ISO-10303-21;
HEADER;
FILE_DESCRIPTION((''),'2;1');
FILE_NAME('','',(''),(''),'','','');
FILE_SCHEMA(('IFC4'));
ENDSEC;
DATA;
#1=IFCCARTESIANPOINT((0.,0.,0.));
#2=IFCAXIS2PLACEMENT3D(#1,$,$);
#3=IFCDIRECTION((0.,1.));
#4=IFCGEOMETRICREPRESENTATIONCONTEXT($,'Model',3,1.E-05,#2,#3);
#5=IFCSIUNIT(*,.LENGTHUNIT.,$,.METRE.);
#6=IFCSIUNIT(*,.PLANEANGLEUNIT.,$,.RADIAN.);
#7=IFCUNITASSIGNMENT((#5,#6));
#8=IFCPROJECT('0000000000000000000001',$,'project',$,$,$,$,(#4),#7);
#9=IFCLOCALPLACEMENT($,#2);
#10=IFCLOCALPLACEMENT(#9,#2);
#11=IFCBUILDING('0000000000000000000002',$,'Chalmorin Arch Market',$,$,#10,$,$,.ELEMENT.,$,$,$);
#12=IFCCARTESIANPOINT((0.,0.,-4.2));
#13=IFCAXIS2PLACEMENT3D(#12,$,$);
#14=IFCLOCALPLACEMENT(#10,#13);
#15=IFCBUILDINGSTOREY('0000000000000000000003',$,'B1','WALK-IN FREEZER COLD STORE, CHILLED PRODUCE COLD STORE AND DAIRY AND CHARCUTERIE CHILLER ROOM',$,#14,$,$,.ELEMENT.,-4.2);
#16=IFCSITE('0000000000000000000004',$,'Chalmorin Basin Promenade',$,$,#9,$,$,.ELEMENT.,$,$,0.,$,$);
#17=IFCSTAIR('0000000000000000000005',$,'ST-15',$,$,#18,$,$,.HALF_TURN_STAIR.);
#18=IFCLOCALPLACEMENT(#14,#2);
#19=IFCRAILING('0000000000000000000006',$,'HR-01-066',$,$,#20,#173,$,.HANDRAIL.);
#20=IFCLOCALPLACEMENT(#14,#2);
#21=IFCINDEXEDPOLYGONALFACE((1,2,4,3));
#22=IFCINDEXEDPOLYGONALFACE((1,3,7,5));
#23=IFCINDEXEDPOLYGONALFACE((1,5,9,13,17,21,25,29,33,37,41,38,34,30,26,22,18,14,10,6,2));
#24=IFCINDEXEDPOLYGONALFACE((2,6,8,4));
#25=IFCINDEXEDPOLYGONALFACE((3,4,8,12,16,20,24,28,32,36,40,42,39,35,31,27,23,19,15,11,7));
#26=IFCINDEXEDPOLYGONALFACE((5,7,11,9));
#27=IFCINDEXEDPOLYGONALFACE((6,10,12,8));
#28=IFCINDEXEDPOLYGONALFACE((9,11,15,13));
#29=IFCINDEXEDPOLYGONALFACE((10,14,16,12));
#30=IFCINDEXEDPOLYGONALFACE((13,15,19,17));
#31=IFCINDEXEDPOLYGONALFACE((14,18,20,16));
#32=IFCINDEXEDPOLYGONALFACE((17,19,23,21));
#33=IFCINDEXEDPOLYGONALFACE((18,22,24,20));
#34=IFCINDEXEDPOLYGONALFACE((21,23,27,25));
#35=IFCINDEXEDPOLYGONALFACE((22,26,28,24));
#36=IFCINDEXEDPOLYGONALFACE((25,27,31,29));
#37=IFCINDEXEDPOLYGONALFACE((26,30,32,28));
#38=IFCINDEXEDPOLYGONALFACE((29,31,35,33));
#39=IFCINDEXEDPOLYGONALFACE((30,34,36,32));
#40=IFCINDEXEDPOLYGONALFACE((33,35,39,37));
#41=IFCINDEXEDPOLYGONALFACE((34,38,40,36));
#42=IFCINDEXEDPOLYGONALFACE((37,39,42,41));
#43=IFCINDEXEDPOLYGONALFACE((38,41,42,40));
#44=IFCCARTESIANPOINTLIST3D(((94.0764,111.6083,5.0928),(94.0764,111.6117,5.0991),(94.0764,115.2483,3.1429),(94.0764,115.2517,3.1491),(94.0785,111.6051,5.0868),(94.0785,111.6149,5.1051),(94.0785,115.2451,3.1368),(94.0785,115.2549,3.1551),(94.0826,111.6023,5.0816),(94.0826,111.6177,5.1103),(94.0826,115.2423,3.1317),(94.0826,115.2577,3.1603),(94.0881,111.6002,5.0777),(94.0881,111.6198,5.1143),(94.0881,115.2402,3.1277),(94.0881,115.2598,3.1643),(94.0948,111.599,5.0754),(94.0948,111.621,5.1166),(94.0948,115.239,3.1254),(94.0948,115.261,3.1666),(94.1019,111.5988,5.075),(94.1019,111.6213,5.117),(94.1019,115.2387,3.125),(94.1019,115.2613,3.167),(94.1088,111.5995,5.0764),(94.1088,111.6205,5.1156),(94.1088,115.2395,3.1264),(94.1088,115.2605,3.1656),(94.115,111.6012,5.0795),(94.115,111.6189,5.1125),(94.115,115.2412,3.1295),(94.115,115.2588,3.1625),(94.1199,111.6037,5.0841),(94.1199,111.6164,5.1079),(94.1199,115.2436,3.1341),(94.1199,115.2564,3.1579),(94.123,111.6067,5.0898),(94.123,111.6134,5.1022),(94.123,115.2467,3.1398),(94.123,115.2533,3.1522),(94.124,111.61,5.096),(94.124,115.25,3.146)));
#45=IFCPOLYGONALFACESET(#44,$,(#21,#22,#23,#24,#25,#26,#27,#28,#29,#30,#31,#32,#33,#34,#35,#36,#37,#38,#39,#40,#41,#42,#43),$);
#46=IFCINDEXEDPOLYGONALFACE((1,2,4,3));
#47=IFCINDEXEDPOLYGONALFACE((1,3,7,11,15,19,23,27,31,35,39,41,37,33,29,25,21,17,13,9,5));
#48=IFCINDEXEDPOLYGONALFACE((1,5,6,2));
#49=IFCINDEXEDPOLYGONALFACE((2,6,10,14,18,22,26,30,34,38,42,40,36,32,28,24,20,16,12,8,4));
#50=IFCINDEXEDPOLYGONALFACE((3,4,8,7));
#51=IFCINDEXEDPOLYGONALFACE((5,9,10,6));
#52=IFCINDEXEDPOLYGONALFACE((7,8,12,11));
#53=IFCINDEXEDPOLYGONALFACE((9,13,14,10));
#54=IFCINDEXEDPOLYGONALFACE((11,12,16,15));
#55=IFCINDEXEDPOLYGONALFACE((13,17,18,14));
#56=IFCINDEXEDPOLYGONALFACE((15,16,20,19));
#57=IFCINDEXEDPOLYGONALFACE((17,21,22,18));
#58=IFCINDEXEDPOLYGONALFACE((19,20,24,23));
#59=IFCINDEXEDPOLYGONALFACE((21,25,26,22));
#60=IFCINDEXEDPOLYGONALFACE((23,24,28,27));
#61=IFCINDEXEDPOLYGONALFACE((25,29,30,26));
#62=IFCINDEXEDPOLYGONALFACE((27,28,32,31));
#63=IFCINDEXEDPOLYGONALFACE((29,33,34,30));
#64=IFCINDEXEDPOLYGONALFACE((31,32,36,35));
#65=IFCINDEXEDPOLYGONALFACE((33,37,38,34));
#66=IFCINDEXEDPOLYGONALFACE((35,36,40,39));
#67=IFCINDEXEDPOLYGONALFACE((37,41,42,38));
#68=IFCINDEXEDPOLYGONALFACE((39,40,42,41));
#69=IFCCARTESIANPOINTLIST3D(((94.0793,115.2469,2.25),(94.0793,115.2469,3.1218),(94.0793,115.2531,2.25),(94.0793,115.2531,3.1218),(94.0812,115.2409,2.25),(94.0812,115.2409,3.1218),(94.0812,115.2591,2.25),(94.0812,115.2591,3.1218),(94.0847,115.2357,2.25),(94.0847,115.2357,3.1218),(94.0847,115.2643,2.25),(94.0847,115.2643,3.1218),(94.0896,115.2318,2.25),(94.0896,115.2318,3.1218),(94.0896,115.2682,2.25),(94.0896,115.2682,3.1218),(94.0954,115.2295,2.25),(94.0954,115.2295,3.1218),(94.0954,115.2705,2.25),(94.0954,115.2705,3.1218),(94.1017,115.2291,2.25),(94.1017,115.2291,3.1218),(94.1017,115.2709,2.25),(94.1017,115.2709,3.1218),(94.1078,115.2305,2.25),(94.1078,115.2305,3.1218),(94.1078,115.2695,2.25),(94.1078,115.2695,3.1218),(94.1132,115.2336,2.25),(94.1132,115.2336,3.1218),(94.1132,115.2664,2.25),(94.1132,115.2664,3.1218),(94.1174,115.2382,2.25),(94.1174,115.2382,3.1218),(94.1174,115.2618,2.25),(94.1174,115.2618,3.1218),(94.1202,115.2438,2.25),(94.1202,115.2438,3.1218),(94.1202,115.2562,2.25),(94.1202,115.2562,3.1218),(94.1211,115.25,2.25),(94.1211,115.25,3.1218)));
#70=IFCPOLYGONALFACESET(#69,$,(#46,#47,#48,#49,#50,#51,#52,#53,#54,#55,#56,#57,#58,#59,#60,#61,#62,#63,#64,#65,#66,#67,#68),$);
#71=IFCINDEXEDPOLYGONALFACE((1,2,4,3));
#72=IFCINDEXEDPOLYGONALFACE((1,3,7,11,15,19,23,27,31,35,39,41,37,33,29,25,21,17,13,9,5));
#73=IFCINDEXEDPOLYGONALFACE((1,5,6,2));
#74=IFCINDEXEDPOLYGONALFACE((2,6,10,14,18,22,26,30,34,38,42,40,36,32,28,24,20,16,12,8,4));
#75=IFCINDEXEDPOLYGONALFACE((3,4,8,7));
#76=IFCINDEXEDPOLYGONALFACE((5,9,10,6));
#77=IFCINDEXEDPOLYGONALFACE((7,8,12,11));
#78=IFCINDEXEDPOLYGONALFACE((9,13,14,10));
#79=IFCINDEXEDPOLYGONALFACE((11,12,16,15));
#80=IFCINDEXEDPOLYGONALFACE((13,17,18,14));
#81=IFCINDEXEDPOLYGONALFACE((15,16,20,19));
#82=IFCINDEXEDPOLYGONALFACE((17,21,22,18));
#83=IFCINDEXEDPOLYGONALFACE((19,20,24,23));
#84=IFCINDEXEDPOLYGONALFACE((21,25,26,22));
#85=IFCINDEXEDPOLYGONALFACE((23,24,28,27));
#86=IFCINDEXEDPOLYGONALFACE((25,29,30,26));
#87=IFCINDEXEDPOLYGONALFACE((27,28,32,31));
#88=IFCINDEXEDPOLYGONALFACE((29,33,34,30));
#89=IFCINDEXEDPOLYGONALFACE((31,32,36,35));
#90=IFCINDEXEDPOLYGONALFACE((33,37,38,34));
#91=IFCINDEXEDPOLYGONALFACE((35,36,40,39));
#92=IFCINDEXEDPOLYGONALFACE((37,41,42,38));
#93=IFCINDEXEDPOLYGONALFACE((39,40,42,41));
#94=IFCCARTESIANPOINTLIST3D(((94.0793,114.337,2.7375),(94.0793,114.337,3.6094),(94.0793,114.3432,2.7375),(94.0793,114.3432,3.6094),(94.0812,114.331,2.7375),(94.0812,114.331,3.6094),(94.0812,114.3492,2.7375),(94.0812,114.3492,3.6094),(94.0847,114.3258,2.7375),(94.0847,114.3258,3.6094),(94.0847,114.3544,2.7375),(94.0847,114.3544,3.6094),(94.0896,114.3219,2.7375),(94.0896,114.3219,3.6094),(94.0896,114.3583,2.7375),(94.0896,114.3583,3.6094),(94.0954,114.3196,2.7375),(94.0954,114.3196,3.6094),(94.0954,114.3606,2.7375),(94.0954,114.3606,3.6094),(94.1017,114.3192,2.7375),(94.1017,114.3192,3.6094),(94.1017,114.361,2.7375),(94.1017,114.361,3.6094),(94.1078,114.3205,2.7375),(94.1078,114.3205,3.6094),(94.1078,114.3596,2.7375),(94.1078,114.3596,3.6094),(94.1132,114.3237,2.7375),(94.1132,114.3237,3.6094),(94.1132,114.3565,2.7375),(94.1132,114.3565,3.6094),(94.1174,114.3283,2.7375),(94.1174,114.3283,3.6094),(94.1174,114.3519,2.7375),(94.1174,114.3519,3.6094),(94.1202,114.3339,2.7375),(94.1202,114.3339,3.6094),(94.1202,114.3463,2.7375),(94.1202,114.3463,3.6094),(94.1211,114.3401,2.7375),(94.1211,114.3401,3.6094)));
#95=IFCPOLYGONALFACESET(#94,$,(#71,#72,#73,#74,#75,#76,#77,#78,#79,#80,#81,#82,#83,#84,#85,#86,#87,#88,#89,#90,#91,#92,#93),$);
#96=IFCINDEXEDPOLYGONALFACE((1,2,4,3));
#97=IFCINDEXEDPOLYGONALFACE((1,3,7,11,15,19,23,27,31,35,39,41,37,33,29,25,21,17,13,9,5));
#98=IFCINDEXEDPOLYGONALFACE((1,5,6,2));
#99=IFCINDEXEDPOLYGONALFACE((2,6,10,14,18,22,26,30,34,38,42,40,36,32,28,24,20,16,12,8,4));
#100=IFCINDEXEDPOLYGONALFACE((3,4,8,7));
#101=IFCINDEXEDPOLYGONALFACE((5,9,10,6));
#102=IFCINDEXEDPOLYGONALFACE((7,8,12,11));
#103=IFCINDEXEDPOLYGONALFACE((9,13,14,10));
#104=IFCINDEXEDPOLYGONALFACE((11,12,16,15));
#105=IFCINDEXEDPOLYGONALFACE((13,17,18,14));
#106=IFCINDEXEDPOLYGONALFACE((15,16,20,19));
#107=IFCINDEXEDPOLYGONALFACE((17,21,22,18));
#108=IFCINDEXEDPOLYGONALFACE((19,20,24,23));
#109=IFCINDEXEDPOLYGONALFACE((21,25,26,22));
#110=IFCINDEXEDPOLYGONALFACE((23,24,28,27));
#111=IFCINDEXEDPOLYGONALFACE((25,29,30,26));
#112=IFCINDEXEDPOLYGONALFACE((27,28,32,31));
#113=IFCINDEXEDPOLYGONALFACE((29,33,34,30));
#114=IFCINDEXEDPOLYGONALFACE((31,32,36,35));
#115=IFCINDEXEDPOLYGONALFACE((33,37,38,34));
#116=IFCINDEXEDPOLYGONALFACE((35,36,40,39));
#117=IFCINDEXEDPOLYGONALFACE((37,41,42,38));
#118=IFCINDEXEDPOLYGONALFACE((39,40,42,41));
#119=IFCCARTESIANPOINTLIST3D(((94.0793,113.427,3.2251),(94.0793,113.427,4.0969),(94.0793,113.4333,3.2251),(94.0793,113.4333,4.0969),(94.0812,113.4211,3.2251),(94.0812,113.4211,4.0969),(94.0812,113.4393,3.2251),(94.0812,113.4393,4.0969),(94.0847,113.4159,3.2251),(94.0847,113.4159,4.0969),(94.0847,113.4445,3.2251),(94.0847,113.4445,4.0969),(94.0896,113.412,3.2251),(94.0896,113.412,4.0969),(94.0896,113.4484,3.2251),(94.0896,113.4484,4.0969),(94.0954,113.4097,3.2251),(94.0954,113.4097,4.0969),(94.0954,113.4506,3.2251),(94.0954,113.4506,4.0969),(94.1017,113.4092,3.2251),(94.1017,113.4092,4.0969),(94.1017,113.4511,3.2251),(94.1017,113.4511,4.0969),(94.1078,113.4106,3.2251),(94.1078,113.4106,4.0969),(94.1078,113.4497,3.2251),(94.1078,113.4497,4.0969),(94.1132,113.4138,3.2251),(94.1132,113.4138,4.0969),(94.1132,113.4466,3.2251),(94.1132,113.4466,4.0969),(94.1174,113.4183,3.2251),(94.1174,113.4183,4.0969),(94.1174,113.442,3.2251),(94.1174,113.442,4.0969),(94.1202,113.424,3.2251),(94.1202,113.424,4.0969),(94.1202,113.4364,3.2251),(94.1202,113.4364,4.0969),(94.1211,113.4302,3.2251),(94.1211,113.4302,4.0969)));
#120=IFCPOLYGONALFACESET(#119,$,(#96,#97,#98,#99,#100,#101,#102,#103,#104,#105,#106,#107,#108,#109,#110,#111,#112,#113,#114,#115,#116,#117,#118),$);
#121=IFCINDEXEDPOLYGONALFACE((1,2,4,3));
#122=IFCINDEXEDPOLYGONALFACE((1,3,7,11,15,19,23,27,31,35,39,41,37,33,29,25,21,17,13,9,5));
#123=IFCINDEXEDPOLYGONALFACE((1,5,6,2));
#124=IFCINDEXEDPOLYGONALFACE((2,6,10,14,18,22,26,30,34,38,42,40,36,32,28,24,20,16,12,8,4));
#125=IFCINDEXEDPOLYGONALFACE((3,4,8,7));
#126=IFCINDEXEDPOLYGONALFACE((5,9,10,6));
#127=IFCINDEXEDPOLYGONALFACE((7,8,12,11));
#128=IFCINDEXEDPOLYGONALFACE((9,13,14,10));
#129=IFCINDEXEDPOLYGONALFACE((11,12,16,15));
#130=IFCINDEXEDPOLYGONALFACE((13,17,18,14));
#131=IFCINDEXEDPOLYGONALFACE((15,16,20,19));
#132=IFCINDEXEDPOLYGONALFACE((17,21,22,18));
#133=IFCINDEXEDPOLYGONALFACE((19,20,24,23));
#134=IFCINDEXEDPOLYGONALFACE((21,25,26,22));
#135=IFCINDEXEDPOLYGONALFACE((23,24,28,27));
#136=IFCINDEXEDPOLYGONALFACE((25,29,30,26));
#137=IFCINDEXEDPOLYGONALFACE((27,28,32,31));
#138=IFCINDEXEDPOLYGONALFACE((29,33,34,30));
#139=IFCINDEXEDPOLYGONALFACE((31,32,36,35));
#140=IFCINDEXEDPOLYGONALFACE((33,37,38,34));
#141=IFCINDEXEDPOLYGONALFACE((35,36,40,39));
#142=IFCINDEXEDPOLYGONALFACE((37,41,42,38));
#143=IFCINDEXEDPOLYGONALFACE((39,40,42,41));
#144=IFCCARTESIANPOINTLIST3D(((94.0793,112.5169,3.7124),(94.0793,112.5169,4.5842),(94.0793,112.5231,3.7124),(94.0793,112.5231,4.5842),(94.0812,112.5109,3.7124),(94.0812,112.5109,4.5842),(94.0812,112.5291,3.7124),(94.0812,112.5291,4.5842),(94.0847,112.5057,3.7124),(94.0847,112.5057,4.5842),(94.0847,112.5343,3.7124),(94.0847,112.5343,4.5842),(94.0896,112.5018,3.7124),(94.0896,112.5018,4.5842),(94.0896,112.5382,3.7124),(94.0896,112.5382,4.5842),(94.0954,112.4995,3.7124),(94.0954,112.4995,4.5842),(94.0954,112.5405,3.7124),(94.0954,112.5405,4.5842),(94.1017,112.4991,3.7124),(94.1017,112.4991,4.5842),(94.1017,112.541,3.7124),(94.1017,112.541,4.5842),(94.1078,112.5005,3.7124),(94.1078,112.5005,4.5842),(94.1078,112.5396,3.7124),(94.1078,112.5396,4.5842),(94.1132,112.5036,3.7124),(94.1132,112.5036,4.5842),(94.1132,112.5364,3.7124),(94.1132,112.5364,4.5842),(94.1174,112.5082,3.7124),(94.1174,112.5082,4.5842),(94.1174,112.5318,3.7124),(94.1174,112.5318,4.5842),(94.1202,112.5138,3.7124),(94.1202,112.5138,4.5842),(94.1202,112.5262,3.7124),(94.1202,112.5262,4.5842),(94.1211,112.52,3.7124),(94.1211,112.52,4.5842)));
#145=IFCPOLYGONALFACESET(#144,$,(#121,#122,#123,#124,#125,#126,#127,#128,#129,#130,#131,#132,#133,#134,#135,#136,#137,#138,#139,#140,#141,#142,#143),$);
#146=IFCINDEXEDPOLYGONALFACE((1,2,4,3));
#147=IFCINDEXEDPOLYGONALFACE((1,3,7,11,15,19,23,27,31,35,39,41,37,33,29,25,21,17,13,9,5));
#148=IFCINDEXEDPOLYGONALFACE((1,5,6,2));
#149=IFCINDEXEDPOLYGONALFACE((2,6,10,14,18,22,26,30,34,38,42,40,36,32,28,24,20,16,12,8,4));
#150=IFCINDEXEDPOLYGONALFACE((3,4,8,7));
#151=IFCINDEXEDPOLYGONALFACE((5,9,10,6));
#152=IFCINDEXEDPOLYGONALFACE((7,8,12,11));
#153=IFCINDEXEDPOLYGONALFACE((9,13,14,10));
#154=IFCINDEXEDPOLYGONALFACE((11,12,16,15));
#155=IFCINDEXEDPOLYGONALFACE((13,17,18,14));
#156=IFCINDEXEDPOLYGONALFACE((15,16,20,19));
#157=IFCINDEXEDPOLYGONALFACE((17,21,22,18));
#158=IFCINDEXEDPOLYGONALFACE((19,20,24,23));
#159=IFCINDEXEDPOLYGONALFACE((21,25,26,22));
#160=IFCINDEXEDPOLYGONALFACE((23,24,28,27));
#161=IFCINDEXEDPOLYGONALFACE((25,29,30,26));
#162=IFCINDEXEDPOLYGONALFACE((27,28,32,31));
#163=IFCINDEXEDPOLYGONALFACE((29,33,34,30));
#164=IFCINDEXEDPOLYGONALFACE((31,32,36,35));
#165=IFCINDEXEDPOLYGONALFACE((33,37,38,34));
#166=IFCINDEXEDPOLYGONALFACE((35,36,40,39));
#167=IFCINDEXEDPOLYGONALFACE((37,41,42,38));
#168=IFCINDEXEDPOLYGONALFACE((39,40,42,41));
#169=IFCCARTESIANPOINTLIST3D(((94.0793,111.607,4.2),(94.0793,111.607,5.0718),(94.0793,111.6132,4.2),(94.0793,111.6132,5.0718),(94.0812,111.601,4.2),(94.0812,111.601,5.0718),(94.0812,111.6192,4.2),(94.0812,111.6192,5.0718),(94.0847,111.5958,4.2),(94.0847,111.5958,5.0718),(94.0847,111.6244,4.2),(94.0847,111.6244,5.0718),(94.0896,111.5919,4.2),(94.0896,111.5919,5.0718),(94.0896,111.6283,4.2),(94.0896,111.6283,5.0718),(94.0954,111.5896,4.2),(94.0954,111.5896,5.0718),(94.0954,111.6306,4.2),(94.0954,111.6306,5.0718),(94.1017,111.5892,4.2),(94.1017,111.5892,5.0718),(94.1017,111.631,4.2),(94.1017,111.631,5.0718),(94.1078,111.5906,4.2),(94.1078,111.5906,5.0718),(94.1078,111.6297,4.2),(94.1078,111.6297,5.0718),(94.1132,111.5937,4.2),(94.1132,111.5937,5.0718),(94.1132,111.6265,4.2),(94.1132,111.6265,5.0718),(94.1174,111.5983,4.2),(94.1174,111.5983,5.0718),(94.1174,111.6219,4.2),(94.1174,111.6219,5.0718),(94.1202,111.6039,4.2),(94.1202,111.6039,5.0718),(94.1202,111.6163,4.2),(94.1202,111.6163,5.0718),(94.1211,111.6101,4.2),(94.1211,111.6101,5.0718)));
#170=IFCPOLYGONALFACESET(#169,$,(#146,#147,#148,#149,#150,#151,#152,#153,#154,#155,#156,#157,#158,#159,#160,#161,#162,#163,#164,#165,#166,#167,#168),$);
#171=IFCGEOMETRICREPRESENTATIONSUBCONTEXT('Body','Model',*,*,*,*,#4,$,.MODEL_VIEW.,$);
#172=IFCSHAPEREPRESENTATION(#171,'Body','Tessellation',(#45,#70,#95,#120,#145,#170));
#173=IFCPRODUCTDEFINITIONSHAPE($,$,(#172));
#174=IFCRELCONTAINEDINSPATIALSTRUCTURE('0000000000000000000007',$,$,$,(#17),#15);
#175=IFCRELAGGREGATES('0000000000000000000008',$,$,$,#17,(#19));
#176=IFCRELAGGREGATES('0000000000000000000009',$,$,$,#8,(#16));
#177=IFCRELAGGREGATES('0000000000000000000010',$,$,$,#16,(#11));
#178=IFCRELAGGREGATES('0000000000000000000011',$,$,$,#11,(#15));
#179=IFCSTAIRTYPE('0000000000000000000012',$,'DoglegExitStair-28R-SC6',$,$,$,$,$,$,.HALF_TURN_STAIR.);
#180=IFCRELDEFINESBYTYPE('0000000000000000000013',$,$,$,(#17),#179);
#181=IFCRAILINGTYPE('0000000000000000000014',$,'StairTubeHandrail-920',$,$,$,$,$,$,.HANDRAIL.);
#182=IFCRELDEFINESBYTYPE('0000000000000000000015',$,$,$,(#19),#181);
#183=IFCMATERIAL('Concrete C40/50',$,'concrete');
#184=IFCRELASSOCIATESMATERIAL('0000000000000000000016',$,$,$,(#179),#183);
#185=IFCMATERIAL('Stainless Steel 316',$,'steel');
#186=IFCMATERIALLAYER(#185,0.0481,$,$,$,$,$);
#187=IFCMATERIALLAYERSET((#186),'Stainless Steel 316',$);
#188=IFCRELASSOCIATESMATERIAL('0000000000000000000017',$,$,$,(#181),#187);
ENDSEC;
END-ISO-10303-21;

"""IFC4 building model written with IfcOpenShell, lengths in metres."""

from ifc_helpers import new_model, si_unit, direction, frame, origin, origin_2d, place, context, subcontext, project, spatial, circle, extrude, material, layer, layer_set, type_object, element, aggregate, save


model = new_model("IFC4")

# Units and contexts
model_context = context("Model", 3, precision=1e-05, world=origin(), true_north=direction((0.0, 1.0)))
body_context = subcontext(model_context, "Body", "Model", "MODEL_VIEW")
ifc_project = project(units=[si_unit("LENGTHUNIT", "METRE"), si_unit("PLANEANGLEUNIT", "RADIAN")], contexts=[model_context])

# Site, building, storey
site_placement = place(None, origin())
site = spatial("IfcSite", under=ifc_project, at=site_placement, Name="Chalmorin Basin Promenade", CompositionType="ELEMENT", RefElevation=0.0)
building_placement = place(site_placement, origin())
building = spatial("IfcBuilding", under=site, at=building_placement, Name="Chalmorin Arch Market", CompositionType="ELEMENT")
storey_placement = place(building_placement, frame((0.0, 0.0, -4.2)))
storey = spatial("IfcBuildingStorey", under=building, at=storey_placement, Name="B1", Description="WALK-IN FREEZER COLD STORE, CHILLED PRODUCE COLD STORE AND DAIRY AND CHARCUTERIE CHILLER ROOM", CompositionType="ELEMENT", Elevation=-4.2)

# Shared definitions
ifc_material_1 = material(Name="Concrete C40/50", Category="concrete")

# Shared definitions
ifc_material_2 = material(Name="Stainless Steel 316", Category="steel")

# Stair, railing
stair_type = type_object("IfcStairType", Name="DoglegExitStair-28R-SC6", PredefinedType="HALF_TURN_STAIR", material=ifc_material_1)
stair_placement = place(storey_placement, origin())
stair = element("IfcStair", 1, at=stair_placement, inside=storey, type_object=stair_type, Name="ST-15", PredefinedType="HALF_TURN_STAIR")
ifc_layer_1 = layer(ifc_material_2, 0.0481)
ifc_layer_set_1 = layer_set([ifc_layer_1], Name="Stainless Steel 316")
railing_type_1 = type_object("IfcRailingType", Name="StairTubeHandrail-920", PredefinedType="HANDRAIL", material=ifc_layer_set_1)
railing_1_placement = place(storey_placement, frame((94.1001, 115.25, 2.25)))
railing_1 = element("IfcRailing", 2, at=railing_1_placement, type_object=railing_type_1, Name="HR-01-066", PredefinedType="HANDRAIL", context=body_context, shape_type="SweptSolid", body=[
    extrude(circle(Radius=0.0239, at=origin_2d()), frame((0.0, 0.0, 0.896), z_axis=(0.0, -0.881479, 0.472223), x_axis=(1.0, 0.0, 0.0)), (0.0, 0.0, 1.0), 4.1294),
    extrude(circle(Radius=0.021, at=origin_2d()), origin(), (0.0, 0.0, 1.0), 0.8718),
    extrude(circle(Radius=0.021, at=origin_2d()), frame((0.0, -0.9099, 0.4875)), (0.0, 0.0, 1.0), 0.8718),
    extrude(circle(Radius=0.021, at=origin_2d()), frame((0.0, -1.8198, 0.9751)), (0.0, 0.0, 1.0), 0.8718),
    extrude(circle(Radius=0.021, at=origin_2d()), frame((0.0, -2.73, 1.4624)), (0.0, 0.0, 1.0), 0.8718),
    extrude(circle(Radius=0.021, at=origin_2d()), frame((0.0, -3.6399, 1.95)), (0.0, 0.0, 1.0), 0.8718),
])
aggregate(stair, [railing_1])

save(model, "model.ifc")
